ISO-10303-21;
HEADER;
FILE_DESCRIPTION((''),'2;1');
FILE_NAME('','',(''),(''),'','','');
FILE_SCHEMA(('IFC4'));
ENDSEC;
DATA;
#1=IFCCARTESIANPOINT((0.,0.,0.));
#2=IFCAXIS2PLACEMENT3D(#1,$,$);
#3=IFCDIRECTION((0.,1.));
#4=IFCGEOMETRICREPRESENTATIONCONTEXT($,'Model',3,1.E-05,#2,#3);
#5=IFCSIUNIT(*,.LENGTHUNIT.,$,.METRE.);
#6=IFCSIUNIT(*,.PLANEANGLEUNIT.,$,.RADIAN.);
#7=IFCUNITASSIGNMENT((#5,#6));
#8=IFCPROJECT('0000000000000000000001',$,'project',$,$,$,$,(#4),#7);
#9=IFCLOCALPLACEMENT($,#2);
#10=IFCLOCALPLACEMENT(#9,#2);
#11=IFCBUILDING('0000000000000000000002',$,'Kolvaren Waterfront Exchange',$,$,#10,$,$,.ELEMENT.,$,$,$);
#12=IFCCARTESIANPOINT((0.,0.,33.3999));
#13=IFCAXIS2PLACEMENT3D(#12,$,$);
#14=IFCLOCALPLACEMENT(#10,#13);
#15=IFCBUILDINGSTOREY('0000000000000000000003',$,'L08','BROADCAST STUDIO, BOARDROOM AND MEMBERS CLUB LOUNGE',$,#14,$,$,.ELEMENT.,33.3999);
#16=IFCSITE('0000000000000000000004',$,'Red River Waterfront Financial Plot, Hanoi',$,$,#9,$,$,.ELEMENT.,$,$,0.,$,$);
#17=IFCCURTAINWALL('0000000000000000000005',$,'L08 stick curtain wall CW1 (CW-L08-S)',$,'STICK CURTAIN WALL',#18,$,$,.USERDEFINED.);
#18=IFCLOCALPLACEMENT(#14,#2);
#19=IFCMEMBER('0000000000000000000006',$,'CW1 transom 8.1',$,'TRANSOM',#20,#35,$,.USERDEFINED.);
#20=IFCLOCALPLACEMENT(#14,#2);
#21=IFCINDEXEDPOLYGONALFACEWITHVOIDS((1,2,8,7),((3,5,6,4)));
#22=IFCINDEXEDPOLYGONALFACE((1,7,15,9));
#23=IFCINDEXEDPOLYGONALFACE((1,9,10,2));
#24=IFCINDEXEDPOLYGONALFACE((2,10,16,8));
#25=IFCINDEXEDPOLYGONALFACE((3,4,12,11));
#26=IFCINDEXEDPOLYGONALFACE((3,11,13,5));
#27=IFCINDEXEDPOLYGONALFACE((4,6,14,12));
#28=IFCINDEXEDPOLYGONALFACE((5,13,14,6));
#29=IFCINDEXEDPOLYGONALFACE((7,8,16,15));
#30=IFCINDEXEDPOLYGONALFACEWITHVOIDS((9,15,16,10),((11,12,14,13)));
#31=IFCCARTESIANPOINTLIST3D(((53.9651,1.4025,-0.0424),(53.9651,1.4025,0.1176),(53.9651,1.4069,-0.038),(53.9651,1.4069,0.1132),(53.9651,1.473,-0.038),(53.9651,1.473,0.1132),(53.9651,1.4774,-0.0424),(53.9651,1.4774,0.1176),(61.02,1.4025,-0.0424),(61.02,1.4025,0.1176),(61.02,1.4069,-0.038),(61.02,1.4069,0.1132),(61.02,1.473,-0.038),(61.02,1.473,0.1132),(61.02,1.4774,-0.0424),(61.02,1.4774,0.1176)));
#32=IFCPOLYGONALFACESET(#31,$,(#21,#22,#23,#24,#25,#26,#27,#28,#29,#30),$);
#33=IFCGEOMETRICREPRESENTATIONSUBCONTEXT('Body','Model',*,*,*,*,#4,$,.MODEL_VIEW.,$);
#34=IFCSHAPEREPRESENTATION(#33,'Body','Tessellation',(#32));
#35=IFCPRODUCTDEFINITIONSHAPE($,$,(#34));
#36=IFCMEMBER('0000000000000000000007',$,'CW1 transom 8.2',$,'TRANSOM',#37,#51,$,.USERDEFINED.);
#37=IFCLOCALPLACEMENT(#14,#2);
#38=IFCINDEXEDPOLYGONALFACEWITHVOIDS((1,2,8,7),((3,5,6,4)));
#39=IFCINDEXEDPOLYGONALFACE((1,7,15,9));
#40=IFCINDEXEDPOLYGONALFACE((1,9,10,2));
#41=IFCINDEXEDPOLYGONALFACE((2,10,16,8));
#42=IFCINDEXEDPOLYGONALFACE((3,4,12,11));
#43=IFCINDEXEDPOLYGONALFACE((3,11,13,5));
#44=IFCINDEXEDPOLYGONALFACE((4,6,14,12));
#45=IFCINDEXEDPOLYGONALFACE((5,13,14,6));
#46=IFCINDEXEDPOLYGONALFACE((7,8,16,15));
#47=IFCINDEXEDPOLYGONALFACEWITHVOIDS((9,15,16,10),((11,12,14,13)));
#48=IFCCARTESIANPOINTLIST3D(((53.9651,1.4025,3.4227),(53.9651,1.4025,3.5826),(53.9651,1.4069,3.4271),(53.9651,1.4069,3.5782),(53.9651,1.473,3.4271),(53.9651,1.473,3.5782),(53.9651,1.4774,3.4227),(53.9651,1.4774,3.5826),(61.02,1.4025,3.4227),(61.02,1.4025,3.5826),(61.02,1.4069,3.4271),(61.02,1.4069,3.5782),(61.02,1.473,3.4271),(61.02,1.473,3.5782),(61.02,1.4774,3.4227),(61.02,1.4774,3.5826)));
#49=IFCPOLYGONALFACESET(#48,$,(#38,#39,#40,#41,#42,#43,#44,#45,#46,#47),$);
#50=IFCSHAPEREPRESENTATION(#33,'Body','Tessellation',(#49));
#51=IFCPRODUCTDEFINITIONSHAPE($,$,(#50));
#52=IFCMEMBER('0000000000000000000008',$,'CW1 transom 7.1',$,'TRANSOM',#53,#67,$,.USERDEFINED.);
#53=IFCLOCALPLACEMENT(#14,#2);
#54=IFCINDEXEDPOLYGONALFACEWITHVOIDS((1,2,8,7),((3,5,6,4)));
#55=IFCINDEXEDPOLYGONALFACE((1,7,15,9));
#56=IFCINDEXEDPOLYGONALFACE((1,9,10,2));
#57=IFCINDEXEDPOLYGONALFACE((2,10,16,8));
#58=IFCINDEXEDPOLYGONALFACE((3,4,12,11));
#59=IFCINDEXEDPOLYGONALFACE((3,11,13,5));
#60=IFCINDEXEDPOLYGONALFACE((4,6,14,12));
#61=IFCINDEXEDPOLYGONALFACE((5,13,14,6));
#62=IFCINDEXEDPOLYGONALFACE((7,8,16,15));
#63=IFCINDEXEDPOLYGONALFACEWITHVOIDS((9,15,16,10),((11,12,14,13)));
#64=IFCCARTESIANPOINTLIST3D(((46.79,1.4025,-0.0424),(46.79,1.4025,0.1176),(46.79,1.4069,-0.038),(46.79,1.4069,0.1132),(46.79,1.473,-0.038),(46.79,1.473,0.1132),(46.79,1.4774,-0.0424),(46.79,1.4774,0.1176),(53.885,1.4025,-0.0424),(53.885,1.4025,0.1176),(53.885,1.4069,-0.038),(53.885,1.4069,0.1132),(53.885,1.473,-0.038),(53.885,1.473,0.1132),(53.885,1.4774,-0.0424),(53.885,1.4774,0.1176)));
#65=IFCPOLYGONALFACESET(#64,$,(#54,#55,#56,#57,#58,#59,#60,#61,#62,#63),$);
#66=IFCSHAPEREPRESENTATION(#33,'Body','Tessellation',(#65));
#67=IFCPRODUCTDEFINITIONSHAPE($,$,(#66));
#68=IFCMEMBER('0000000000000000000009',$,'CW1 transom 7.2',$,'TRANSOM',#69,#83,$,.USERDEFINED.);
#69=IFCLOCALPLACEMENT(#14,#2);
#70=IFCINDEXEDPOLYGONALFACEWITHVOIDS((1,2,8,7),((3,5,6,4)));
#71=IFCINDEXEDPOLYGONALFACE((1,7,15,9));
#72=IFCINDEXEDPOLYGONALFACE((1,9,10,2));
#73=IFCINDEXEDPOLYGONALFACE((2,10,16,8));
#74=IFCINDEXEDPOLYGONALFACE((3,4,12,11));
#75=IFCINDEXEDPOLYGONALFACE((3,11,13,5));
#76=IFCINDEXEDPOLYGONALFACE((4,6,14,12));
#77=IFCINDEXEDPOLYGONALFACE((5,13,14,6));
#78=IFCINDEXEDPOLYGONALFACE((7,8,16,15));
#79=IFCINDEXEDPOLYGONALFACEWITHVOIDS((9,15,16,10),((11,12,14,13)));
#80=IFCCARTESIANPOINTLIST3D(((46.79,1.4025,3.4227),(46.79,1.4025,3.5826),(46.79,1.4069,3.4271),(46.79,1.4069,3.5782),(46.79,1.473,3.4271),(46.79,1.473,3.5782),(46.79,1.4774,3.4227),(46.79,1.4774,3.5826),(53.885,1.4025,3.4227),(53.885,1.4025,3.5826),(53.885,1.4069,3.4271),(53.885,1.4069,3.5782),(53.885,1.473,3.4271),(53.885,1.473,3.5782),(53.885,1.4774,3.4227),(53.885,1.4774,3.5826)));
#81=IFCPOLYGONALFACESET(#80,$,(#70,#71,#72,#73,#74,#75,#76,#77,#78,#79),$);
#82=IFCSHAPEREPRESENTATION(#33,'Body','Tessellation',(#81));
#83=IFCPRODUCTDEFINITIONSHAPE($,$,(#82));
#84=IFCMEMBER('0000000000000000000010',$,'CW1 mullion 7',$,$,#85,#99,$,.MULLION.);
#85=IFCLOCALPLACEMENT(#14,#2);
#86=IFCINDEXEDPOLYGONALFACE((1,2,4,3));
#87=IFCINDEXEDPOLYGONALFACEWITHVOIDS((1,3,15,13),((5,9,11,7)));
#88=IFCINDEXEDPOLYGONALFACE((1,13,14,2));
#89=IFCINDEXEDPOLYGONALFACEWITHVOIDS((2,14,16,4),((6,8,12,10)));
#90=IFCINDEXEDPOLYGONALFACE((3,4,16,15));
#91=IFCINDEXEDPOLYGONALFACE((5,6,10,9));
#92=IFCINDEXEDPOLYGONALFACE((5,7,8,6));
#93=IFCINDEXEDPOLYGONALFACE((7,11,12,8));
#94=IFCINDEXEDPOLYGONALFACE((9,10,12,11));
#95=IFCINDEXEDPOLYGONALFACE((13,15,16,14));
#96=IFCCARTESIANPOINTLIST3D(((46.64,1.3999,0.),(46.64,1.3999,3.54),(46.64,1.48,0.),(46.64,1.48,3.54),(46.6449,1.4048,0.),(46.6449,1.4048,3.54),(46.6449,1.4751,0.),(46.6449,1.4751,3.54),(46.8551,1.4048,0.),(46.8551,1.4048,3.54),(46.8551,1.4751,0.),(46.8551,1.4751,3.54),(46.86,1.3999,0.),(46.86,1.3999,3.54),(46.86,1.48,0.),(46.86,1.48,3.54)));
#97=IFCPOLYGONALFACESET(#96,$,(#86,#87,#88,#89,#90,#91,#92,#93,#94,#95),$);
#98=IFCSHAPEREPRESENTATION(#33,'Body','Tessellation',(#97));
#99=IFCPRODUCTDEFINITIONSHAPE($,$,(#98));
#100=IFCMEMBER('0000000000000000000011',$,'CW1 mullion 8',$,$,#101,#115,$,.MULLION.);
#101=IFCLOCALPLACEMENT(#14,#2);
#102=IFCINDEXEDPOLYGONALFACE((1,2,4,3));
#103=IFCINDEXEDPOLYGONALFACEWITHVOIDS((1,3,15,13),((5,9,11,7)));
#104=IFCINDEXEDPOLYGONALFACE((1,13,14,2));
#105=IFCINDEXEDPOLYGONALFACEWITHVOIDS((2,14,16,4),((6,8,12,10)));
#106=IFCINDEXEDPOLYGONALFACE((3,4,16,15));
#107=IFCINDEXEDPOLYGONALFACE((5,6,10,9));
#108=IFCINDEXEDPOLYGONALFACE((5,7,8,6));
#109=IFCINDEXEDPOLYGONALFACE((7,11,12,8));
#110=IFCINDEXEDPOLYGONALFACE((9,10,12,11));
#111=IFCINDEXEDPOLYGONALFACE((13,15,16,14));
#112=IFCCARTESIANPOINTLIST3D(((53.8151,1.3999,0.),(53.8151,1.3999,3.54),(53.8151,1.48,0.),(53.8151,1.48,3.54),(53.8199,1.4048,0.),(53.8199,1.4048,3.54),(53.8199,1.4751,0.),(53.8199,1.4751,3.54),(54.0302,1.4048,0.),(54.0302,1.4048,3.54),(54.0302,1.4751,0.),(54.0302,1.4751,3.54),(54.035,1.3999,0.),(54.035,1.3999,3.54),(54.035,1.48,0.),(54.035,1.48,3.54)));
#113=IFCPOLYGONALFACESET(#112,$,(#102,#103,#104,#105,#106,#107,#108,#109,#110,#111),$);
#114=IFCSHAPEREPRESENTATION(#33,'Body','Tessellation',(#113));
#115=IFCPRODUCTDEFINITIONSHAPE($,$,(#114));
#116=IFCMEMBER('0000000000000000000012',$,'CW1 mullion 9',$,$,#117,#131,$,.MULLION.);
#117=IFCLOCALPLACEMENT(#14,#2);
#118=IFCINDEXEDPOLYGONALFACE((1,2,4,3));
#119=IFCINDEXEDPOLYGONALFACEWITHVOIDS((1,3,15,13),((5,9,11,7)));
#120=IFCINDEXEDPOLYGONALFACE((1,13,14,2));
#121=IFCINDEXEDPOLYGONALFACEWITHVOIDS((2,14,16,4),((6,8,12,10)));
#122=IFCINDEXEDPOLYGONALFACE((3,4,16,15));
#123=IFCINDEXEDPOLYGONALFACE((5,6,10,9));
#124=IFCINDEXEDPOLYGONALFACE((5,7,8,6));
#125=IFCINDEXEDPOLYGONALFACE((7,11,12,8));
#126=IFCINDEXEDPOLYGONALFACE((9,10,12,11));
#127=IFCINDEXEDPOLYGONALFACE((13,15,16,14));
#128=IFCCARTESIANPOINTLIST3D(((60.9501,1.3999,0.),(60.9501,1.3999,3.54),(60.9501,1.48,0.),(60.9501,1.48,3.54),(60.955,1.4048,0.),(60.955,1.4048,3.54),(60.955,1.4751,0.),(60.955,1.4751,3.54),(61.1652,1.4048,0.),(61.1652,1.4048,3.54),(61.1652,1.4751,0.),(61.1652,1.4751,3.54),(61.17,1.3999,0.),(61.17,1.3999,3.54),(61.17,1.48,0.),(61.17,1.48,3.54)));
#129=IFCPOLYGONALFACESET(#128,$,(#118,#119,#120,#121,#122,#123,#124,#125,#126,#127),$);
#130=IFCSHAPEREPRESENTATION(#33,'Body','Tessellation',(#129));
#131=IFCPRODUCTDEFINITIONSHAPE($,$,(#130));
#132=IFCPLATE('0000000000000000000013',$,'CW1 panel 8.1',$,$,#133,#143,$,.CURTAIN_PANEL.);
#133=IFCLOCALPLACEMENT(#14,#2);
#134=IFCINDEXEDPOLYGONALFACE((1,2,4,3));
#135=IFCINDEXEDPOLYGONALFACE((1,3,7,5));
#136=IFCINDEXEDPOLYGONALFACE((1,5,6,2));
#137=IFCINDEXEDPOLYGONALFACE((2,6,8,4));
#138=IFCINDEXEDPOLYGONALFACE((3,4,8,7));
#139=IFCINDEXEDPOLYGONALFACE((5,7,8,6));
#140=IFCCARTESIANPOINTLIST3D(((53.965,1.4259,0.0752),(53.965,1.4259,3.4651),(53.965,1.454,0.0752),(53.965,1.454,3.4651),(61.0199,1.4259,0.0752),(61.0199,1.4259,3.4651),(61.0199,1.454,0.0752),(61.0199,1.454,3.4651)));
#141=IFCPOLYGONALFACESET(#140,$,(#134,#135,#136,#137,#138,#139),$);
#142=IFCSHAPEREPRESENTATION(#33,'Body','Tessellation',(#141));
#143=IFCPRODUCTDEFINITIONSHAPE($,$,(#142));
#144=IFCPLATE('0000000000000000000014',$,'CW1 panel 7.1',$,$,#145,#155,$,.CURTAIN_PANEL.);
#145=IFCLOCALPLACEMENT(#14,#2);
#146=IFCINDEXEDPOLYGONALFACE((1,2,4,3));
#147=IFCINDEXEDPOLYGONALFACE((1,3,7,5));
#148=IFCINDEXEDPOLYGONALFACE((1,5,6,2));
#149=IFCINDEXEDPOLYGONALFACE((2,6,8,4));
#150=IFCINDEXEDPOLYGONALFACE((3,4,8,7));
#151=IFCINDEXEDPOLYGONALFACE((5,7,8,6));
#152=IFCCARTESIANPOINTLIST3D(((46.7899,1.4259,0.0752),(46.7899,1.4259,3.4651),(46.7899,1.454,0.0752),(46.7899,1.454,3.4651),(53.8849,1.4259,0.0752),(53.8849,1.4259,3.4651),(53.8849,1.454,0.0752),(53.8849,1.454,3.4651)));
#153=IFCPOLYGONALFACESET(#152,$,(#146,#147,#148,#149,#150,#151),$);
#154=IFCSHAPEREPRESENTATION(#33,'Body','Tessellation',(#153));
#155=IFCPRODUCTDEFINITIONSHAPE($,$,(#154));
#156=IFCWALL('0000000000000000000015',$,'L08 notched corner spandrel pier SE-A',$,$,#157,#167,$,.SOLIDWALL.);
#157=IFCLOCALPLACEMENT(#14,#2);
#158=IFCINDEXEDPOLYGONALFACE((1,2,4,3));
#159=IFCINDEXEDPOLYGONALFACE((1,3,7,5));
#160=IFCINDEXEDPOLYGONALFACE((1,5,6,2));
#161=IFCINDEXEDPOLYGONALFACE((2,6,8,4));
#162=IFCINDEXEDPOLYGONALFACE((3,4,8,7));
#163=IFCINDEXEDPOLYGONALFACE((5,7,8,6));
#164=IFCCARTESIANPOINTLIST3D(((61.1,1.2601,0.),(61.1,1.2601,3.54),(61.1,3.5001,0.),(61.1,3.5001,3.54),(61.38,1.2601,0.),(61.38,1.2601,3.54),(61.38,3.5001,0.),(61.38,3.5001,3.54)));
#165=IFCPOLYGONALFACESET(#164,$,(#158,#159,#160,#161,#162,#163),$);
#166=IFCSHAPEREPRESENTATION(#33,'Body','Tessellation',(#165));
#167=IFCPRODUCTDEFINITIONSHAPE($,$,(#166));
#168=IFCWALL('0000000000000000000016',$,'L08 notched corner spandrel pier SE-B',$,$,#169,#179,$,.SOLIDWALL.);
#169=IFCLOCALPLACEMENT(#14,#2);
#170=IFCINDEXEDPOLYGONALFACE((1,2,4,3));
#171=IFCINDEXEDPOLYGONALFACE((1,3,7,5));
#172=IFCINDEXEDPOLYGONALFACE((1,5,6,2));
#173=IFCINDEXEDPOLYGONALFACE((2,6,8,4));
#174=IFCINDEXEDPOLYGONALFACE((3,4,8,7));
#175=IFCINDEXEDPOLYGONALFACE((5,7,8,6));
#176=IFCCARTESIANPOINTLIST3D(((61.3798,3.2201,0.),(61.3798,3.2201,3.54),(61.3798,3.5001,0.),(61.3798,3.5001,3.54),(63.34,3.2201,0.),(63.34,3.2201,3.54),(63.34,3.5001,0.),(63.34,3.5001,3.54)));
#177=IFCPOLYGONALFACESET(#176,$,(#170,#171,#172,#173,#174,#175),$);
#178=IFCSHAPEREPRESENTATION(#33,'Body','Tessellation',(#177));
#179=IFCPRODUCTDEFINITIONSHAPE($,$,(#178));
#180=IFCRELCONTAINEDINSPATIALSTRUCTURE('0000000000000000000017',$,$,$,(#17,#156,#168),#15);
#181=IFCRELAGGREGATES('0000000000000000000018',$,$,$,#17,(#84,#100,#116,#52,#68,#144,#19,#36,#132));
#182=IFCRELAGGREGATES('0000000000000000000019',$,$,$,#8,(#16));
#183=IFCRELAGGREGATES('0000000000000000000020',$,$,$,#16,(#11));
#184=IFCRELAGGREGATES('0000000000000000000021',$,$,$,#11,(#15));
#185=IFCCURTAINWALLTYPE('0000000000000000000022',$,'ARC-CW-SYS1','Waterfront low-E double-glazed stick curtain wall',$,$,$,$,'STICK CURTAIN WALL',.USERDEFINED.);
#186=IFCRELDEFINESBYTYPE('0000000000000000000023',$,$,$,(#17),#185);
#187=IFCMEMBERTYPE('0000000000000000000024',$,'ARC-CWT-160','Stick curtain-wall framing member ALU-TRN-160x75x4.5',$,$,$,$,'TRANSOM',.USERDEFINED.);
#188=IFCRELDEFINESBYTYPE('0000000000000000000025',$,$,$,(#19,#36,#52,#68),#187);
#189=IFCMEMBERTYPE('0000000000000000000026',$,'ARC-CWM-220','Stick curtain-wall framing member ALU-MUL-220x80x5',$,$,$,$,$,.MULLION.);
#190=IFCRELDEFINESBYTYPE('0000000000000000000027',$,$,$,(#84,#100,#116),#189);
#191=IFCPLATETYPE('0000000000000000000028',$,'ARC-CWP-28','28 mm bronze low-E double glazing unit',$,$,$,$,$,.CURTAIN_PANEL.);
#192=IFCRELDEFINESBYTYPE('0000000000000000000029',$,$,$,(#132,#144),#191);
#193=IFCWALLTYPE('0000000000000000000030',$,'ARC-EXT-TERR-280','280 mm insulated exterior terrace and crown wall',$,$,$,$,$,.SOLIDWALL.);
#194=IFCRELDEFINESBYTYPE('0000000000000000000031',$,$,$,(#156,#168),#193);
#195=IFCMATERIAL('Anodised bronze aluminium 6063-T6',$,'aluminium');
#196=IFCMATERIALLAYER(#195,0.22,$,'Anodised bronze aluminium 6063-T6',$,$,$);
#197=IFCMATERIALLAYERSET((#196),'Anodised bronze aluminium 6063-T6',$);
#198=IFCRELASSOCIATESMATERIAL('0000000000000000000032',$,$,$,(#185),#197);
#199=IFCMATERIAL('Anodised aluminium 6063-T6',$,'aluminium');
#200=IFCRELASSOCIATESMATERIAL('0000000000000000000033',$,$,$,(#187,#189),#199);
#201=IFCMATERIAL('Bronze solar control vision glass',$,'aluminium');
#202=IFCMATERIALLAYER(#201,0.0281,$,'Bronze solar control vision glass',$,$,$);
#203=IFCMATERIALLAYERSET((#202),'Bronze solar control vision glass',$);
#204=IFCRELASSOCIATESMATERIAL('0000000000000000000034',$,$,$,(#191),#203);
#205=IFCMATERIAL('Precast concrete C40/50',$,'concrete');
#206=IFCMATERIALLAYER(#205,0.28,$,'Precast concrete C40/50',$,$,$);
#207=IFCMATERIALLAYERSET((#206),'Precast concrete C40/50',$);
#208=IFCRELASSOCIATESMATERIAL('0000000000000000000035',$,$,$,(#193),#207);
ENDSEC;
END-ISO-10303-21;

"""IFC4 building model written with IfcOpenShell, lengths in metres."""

from ifc_helpers import new_model, si_unit, direction, frame, frame_2d, origin, origin_with_axes, origin_2d, place, context, subcontext, project, spatial, rectangle, hollow_rectangle, extrude, source, transform, mapped, material, layer, layer_set, material_profile, profile_set, type_object, element, aggregate, save


model = new_model("IFC4")

# Units and contexts
model_context = context("Model", 3, precision=1e-05, world=origin(), true_north=direction((0.0, 1.0)))
body_context = subcontext(model_context, "Body", "Model", "MODEL_VIEW")
ifc_project = project(units=[si_unit("LENGTHUNIT", "METRE"), si_unit("PLANEANGLEUNIT", "RADIAN")], contexts=[model_context])

# Site, building, storey
site_placement = place(None, origin())
site = spatial("IfcSite", under=ifc_project, at=site_placement, Name="Red River Waterfront Financial Plot, Hanoi", CompositionType="ELEMENT", RefElevation=0.0)
building_placement = place(site_placement, origin())
building = spatial("IfcBuilding", under=site, at=building_placement, Name="Kolvaren Waterfront Exchange", CompositionType="ELEMENT")
storey_placement = place(building_placement, frame((0.0, 0.0, 33.3999)))
storey = spatial("IfcBuildingStorey", under=building, at=storey_placement, Name="L08", Description="BROADCAST STUDIO, BOARDROOM AND MEMBERS CLUB LOUNGE", CompositionType="ELEMENT", Elevation=33.3999)

# Curtain wall, members, plates
ifc_material_1 = material(Name="Anodised bronze aluminium 6063-T6", Category="aluminium")
ifc_layer_1 = layer(ifc_material_1, 0.22, Name="Anodised bronze aluminium 6063-T6")
ifc_layer_set_1 = layer_set([ifc_layer_1], Name="Anodised bronze aluminium 6063-T6")
curtain_wall_type = type_object("IfcCurtainWallType", Name="ARC-CW-SYS1", Description="Waterfront low-E double-glazed stick curtain wall", ElementType="STICK CURTAIN WALL", PredefinedType="USERDEFINED", material=ifc_layer_set_1)
curtain_wall_placement = place(storey_placement, origin())
curtain_wall = element("IfcCurtainWall", 1, at=curtain_wall_placement, inside=storey, type_object=curtain_wall_type, Name="L08 stick curtain wall CW1 (CW-L08-S)", ObjectType="STICK CURTAIN WALL", PredefinedType="USERDEFINED")
ifc_material_2 = material(Name="Anodised aluminium 6063-T6", Category="aluminium")
ifc_material_profile_1 = material_profile(ifc_material_2, hollow_rectangle(XDim=0.075, YDim=0.1599, WallThickness=0.0044, at=origin_2d()), Name="ALU-TRN-160x75x4.5")
ifc_profile_set_1 = profile_set([ifc_material_profile_1], Name="Anodised aluminium 6063-T6")
member_type_1 = type_object("IfcMemberType", Name="ARC-CWT-160", Description="Stick curtain-wall framing member ALU-TRN-160x75x4.5", ElementType="TRANSOM", PredefinedType="USERDEFINED", material=ifc_profile_set_1)
shared_shape_1 = source(origin_with_axes(), body_context, "Body", "SweptSolid", [
    extrude(hollow_rectangle(XDim=0.075, YDim=0.1599, WallThickness=0.0044, at=origin_2d()), origin(), (0.0, 0.0, 1.0), 7.0549),
])
member_1_placement = place(storey_placement, frame((53.9651, 1.4399, 0.0376), z_axis=(1.0, 0.0, 0.0), x_axis=(0.0, 1.0, 0.0)))
member_1 = element("IfcMember", 2, at=member_1_placement, type_object=member_type_1, Name="CW1 transom 8.1", ObjectType="TRANSOM", PredefinedType="USERDEFINED", context=body_context, shape_type="MappedRepresentation", body=[
    mapped(shared_shape_1, transform((0.0, 0.0, 0.0), x_axis=(1.0, 0.0, 0.0), y_axis=(0.0, 1.0, 0.0), z_axis=(0.0, 0.0, 1.0), scale=1.0)),
])
member_2_placement = place(storey_placement, frame((53.9651, 1.4399, 3.5027), z_axis=(1.0, 0.0, 0.0), x_axis=(0.0, 1.0, 0.0)))
member_2 = element("IfcMember", 3, at=member_2_placement, type_object=member_type_1, Name="CW1 transom 8.2", ObjectType="TRANSOM", PredefinedType="USERDEFINED", context=body_context, shape_type="MappedRepresentation", body=[
    mapped(shared_shape_1, transform((0.0, 0.0, 0.0), x_axis=(1.0, 0.0, 0.0), y_axis=(0.0, 1.0, 0.0), z_axis=(0.0, 0.0, 1.0), scale=1.0)),
])
shared_shape_2 = source(origin_with_axes(), body_context, "Body", "SweptSolid", [
    extrude(hollow_rectangle(XDim=0.075, YDim=0.1599, WallThickness=0.0044, at=origin_2d()), origin(), (0.0, 0.0, 1.0), 7.095),
])
member_3_placement = place(storey_placement, frame((46.79, 1.4399, 0.0376), z_axis=(1.0, 0.0, 0.0), x_axis=(0.0, 1.0, 0.0)))
member_3 = element("IfcMember", 4, at=member_3_placement, type_object=member_type_1, Name="CW1 transom 7.1", ObjectType="TRANSOM", PredefinedType="USERDEFINED", context=body_context, shape_type="MappedRepresentation", body=[
    mapped(shared_shape_2, transform((0.0, 0.0, 0.0), x_axis=(1.0, 0.0, 0.0), y_axis=(0.0, 1.0, 0.0), z_axis=(0.0, 0.0, 1.0), scale=1.0)),
])
member_4_placement = place(storey_placement, frame((46.79, 1.4399, 3.5027), z_axis=(1.0, 0.0, 0.0), x_axis=(0.0, 1.0, 0.0)))
member_4 = element("IfcMember", 5, at=member_4_placement, type_object=member_type_1, Name="CW1 transom 7.2", ObjectType="TRANSOM", PredefinedType="USERDEFINED", context=body_context, shape_type="MappedRepresentation", body=[
    mapped(shared_shape_2, transform((0.0, 0.0, 0.0), x_axis=(1.0, 0.0, 0.0), y_axis=(0.0, 1.0, 0.0), z_axis=(0.0, 0.0, 1.0), scale=1.0)),
])
ifc_material_profile_2 = material_profile(ifc_material_2, hollow_rectangle(XDim=0.0801, YDim=0.22, WallThickness=0.0049, at=origin_2d()), Name="ALU-MUL-220x80x5")
ifc_profile_set_2 = profile_set([ifc_material_profile_2], Name="Anodised aluminium 6063-T6")
member_type_2 = type_object("IfcMemberType", Name="ARC-CWM-220", Description="Stick curtain-wall framing member ALU-MUL-220x80x5", PredefinedType="MULLION", material=ifc_profile_set_2)
shared_shape_3 = source(origin_with_axes(), body_context, "Body", "SweptSolid", [
    extrude(hollow_rectangle(XDim=0.0801, YDim=0.22, WallThickness=0.0049, at=origin_2d()), origin(), (0.0, 0.0, 1.0), 3.54),
])
member_5_placement = place(storey_placement, frame((46.75, 1.4399, 0.0), z_axis=(0.0, 0.0, 1.0), x_axis=(0.0, 1.0, 0.0)))
member_5 = element("IfcMember", 6, at=member_5_placement, type_object=member_type_2, Name="CW1 mullion 7", PredefinedType="MULLION", context=body_context, shape_type="MappedRepresentation", body=[
    mapped(shared_shape_3, transform((0.0, 0.0, 0.0), x_axis=(1.0, 0.0, 0.0), y_axis=(0.0, 1.0, 0.0), z_axis=(0.0, 0.0, 1.0), scale=1.0)),
])
member_6_placement = place(storey_placement, frame((53.925, 1.4399, 0.0), z_axis=(0.0, 0.0, 1.0), x_axis=(0.0, 1.0, 0.0)))
member_6 = element("IfcMember", 7, at=member_6_placement, type_object=member_type_2, Name="CW1 mullion 8", PredefinedType="MULLION", context=body_context, shape_type="MappedRepresentation", body=[
    mapped(shared_shape_3, transform((0.0, 0.0, 0.0), x_axis=(1.0, 0.0, 0.0), y_axis=(0.0, 1.0, 0.0), z_axis=(0.0, 0.0, 1.0), scale=1.0)),
])
member_7_placement = place(storey_placement, frame((61.0601, 1.4399, 0.0), z_axis=(0.0, 0.0, 1.0), x_axis=(0.0, 1.0, 0.0)))
member_7 = element("IfcMember", 8, at=member_7_placement, type_object=member_type_2, Name="CW1 mullion 9", PredefinedType="MULLION", context=body_context, shape_type="MappedRepresentation", body=[
    mapped(shared_shape_3, transform((0.0, 0.0, 0.0), x_axis=(1.0, 0.0, 0.0), y_axis=(0.0, 1.0, 0.0), z_axis=(0.0, 0.0, 1.0), scale=1.0)),
])
ifc_material_3 = material(Name="Bronze solar control vision glass", Category="aluminium")
ifc_layer_2 = layer(ifc_material_3, 0.0281, Name="Bronze solar control vision glass")
ifc_layer_set_2 = layer_set([ifc_layer_2], Name="Bronze solar control vision glass")
plate_type = type_object("IfcPlateType", Name="ARC-CWP-28", Description="28 mm bronze low-E double glazing unit", PredefinedType="CURTAIN_PANEL", material=ifc_layer_set_2)
shared_shape_4 = source(origin_with_axes(), body_context, "Body", "SweptSolid", [
    extrude(rectangle(XDim=7.0549, YDim=0.0281, at=origin_2d()), origin(), (0.0, 0.0, 1.0), 3.3899),
])
plate_1_placement = place(storey_placement, frame((57.4924, 1.4399, 0.0752), z_axis=(0.0, 0.0, 1.0), x_axis=(1.0, 0.0, 0.0)))
plate_1 = element("IfcPlate", 9, at=plate_1_placement, type_object=plate_type, Name="CW1 panel 8.1", PredefinedType="CURTAIN_PANEL", context=body_context, shape_type="MappedRepresentation", body=[
    mapped(shared_shape_4, transform((0.0, 0.0, 0.0), x_axis=(1.0, 0.0, 0.0), y_axis=(0.0, 1.0, 0.0), z_axis=(0.0, 0.0, 1.0), scale=1.0)),
])
shared_shape_5 = source(origin_with_axes(), body_context, "Body", "SweptSolid", [
    extrude(rectangle(XDim=7.095, YDim=0.0281, at=origin_2d()), origin(), (0.0, 0.0, 1.0), 3.3899),
])
plate_2_placement = place(storey_placement, frame((50.3374, 1.4399, 0.0752), z_axis=(0.0, 0.0, 1.0), x_axis=(1.0, 0.0, 0.0)))
plate_2 = element("IfcPlate", 10, at=plate_2_placement, type_object=plate_type, Name="CW1 panel 7.1", PredefinedType="CURTAIN_PANEL", context=body_context, shape_type="MappedRepresentation", body=[
    mapped(shared_shape_5, transform((0.0, 0.0, 0.0), x_axis=(1.0, 0.0, 0.0), y_axis=(0.0, 1.0, 0.0), z_axis=(0.0, 0.0, 1.0), scale=1.0)),
])
aggregate(curtain_wall, [member_5, member_6, member_7, member_3, member_4, plate_2, member_1, member_2, plate_1])

# Walls
ifc_material_4 = material(Name="Precast concrete C40/50", Category="concrete")
ifc_layer_3 = layer(ifc_material_4, 0.28, Name="Precast concrete C40/50")
ifc_layer_set_3 = layer_set([ifc_layer_3], Name="Precast concrete C40/50")
wall_type = type_object("IfcWallType", Name="ARC-EXT-TERR-280", Description="280 mm insulated exterior terrace and crown wall", PredefinedType="SOLIDWALL", material=ifc_layer_set_3)
wall_1_placement = place(storey_placement, frame((61.24, 1.26, 0.0), z_axis=(0.0, 0.0, 1.0), x_axis=(0.0, 1.0, 0.0)))
element("IfcWall", 11, at=wall_1_placement, inside=storey, type_object=wall_type, Name="L08 notched corner spandrel pier SE-A", PredefinedType="SOLIDWALL", context=body_context, shape_type="SweptSolid", body=[
    extrude(rectangle(XDim=2.24, YDim=0.28, at=frame_2d((1.1201, 0.0))), origin(), (0.0, 0.0, 1.0), 3.54),
])
wall_2_placement = place(storey_placement, frame((61.3799, 3.3601, 0.0), z_axis=(0.0, 0.0, 1.0), x_axis=(1.0, 0.0, 0.0)))
element("IfcWall", 12, at=wall_2_placement, inside=storey, type_object=wall_type, Name="L08 notched corner spandrel pier SE-B", PredefinedType="SOLIDWALL", context=body_context, shape_type="SweptSolid", body=[
    extrude(rectangle(XDim=1.9602, YDim=0.28, at=frame_2d((0.98, 0.0))), origin(), (0.0, 0.0, 1.0), 3.54),
])

save(model, "model.ifc")
